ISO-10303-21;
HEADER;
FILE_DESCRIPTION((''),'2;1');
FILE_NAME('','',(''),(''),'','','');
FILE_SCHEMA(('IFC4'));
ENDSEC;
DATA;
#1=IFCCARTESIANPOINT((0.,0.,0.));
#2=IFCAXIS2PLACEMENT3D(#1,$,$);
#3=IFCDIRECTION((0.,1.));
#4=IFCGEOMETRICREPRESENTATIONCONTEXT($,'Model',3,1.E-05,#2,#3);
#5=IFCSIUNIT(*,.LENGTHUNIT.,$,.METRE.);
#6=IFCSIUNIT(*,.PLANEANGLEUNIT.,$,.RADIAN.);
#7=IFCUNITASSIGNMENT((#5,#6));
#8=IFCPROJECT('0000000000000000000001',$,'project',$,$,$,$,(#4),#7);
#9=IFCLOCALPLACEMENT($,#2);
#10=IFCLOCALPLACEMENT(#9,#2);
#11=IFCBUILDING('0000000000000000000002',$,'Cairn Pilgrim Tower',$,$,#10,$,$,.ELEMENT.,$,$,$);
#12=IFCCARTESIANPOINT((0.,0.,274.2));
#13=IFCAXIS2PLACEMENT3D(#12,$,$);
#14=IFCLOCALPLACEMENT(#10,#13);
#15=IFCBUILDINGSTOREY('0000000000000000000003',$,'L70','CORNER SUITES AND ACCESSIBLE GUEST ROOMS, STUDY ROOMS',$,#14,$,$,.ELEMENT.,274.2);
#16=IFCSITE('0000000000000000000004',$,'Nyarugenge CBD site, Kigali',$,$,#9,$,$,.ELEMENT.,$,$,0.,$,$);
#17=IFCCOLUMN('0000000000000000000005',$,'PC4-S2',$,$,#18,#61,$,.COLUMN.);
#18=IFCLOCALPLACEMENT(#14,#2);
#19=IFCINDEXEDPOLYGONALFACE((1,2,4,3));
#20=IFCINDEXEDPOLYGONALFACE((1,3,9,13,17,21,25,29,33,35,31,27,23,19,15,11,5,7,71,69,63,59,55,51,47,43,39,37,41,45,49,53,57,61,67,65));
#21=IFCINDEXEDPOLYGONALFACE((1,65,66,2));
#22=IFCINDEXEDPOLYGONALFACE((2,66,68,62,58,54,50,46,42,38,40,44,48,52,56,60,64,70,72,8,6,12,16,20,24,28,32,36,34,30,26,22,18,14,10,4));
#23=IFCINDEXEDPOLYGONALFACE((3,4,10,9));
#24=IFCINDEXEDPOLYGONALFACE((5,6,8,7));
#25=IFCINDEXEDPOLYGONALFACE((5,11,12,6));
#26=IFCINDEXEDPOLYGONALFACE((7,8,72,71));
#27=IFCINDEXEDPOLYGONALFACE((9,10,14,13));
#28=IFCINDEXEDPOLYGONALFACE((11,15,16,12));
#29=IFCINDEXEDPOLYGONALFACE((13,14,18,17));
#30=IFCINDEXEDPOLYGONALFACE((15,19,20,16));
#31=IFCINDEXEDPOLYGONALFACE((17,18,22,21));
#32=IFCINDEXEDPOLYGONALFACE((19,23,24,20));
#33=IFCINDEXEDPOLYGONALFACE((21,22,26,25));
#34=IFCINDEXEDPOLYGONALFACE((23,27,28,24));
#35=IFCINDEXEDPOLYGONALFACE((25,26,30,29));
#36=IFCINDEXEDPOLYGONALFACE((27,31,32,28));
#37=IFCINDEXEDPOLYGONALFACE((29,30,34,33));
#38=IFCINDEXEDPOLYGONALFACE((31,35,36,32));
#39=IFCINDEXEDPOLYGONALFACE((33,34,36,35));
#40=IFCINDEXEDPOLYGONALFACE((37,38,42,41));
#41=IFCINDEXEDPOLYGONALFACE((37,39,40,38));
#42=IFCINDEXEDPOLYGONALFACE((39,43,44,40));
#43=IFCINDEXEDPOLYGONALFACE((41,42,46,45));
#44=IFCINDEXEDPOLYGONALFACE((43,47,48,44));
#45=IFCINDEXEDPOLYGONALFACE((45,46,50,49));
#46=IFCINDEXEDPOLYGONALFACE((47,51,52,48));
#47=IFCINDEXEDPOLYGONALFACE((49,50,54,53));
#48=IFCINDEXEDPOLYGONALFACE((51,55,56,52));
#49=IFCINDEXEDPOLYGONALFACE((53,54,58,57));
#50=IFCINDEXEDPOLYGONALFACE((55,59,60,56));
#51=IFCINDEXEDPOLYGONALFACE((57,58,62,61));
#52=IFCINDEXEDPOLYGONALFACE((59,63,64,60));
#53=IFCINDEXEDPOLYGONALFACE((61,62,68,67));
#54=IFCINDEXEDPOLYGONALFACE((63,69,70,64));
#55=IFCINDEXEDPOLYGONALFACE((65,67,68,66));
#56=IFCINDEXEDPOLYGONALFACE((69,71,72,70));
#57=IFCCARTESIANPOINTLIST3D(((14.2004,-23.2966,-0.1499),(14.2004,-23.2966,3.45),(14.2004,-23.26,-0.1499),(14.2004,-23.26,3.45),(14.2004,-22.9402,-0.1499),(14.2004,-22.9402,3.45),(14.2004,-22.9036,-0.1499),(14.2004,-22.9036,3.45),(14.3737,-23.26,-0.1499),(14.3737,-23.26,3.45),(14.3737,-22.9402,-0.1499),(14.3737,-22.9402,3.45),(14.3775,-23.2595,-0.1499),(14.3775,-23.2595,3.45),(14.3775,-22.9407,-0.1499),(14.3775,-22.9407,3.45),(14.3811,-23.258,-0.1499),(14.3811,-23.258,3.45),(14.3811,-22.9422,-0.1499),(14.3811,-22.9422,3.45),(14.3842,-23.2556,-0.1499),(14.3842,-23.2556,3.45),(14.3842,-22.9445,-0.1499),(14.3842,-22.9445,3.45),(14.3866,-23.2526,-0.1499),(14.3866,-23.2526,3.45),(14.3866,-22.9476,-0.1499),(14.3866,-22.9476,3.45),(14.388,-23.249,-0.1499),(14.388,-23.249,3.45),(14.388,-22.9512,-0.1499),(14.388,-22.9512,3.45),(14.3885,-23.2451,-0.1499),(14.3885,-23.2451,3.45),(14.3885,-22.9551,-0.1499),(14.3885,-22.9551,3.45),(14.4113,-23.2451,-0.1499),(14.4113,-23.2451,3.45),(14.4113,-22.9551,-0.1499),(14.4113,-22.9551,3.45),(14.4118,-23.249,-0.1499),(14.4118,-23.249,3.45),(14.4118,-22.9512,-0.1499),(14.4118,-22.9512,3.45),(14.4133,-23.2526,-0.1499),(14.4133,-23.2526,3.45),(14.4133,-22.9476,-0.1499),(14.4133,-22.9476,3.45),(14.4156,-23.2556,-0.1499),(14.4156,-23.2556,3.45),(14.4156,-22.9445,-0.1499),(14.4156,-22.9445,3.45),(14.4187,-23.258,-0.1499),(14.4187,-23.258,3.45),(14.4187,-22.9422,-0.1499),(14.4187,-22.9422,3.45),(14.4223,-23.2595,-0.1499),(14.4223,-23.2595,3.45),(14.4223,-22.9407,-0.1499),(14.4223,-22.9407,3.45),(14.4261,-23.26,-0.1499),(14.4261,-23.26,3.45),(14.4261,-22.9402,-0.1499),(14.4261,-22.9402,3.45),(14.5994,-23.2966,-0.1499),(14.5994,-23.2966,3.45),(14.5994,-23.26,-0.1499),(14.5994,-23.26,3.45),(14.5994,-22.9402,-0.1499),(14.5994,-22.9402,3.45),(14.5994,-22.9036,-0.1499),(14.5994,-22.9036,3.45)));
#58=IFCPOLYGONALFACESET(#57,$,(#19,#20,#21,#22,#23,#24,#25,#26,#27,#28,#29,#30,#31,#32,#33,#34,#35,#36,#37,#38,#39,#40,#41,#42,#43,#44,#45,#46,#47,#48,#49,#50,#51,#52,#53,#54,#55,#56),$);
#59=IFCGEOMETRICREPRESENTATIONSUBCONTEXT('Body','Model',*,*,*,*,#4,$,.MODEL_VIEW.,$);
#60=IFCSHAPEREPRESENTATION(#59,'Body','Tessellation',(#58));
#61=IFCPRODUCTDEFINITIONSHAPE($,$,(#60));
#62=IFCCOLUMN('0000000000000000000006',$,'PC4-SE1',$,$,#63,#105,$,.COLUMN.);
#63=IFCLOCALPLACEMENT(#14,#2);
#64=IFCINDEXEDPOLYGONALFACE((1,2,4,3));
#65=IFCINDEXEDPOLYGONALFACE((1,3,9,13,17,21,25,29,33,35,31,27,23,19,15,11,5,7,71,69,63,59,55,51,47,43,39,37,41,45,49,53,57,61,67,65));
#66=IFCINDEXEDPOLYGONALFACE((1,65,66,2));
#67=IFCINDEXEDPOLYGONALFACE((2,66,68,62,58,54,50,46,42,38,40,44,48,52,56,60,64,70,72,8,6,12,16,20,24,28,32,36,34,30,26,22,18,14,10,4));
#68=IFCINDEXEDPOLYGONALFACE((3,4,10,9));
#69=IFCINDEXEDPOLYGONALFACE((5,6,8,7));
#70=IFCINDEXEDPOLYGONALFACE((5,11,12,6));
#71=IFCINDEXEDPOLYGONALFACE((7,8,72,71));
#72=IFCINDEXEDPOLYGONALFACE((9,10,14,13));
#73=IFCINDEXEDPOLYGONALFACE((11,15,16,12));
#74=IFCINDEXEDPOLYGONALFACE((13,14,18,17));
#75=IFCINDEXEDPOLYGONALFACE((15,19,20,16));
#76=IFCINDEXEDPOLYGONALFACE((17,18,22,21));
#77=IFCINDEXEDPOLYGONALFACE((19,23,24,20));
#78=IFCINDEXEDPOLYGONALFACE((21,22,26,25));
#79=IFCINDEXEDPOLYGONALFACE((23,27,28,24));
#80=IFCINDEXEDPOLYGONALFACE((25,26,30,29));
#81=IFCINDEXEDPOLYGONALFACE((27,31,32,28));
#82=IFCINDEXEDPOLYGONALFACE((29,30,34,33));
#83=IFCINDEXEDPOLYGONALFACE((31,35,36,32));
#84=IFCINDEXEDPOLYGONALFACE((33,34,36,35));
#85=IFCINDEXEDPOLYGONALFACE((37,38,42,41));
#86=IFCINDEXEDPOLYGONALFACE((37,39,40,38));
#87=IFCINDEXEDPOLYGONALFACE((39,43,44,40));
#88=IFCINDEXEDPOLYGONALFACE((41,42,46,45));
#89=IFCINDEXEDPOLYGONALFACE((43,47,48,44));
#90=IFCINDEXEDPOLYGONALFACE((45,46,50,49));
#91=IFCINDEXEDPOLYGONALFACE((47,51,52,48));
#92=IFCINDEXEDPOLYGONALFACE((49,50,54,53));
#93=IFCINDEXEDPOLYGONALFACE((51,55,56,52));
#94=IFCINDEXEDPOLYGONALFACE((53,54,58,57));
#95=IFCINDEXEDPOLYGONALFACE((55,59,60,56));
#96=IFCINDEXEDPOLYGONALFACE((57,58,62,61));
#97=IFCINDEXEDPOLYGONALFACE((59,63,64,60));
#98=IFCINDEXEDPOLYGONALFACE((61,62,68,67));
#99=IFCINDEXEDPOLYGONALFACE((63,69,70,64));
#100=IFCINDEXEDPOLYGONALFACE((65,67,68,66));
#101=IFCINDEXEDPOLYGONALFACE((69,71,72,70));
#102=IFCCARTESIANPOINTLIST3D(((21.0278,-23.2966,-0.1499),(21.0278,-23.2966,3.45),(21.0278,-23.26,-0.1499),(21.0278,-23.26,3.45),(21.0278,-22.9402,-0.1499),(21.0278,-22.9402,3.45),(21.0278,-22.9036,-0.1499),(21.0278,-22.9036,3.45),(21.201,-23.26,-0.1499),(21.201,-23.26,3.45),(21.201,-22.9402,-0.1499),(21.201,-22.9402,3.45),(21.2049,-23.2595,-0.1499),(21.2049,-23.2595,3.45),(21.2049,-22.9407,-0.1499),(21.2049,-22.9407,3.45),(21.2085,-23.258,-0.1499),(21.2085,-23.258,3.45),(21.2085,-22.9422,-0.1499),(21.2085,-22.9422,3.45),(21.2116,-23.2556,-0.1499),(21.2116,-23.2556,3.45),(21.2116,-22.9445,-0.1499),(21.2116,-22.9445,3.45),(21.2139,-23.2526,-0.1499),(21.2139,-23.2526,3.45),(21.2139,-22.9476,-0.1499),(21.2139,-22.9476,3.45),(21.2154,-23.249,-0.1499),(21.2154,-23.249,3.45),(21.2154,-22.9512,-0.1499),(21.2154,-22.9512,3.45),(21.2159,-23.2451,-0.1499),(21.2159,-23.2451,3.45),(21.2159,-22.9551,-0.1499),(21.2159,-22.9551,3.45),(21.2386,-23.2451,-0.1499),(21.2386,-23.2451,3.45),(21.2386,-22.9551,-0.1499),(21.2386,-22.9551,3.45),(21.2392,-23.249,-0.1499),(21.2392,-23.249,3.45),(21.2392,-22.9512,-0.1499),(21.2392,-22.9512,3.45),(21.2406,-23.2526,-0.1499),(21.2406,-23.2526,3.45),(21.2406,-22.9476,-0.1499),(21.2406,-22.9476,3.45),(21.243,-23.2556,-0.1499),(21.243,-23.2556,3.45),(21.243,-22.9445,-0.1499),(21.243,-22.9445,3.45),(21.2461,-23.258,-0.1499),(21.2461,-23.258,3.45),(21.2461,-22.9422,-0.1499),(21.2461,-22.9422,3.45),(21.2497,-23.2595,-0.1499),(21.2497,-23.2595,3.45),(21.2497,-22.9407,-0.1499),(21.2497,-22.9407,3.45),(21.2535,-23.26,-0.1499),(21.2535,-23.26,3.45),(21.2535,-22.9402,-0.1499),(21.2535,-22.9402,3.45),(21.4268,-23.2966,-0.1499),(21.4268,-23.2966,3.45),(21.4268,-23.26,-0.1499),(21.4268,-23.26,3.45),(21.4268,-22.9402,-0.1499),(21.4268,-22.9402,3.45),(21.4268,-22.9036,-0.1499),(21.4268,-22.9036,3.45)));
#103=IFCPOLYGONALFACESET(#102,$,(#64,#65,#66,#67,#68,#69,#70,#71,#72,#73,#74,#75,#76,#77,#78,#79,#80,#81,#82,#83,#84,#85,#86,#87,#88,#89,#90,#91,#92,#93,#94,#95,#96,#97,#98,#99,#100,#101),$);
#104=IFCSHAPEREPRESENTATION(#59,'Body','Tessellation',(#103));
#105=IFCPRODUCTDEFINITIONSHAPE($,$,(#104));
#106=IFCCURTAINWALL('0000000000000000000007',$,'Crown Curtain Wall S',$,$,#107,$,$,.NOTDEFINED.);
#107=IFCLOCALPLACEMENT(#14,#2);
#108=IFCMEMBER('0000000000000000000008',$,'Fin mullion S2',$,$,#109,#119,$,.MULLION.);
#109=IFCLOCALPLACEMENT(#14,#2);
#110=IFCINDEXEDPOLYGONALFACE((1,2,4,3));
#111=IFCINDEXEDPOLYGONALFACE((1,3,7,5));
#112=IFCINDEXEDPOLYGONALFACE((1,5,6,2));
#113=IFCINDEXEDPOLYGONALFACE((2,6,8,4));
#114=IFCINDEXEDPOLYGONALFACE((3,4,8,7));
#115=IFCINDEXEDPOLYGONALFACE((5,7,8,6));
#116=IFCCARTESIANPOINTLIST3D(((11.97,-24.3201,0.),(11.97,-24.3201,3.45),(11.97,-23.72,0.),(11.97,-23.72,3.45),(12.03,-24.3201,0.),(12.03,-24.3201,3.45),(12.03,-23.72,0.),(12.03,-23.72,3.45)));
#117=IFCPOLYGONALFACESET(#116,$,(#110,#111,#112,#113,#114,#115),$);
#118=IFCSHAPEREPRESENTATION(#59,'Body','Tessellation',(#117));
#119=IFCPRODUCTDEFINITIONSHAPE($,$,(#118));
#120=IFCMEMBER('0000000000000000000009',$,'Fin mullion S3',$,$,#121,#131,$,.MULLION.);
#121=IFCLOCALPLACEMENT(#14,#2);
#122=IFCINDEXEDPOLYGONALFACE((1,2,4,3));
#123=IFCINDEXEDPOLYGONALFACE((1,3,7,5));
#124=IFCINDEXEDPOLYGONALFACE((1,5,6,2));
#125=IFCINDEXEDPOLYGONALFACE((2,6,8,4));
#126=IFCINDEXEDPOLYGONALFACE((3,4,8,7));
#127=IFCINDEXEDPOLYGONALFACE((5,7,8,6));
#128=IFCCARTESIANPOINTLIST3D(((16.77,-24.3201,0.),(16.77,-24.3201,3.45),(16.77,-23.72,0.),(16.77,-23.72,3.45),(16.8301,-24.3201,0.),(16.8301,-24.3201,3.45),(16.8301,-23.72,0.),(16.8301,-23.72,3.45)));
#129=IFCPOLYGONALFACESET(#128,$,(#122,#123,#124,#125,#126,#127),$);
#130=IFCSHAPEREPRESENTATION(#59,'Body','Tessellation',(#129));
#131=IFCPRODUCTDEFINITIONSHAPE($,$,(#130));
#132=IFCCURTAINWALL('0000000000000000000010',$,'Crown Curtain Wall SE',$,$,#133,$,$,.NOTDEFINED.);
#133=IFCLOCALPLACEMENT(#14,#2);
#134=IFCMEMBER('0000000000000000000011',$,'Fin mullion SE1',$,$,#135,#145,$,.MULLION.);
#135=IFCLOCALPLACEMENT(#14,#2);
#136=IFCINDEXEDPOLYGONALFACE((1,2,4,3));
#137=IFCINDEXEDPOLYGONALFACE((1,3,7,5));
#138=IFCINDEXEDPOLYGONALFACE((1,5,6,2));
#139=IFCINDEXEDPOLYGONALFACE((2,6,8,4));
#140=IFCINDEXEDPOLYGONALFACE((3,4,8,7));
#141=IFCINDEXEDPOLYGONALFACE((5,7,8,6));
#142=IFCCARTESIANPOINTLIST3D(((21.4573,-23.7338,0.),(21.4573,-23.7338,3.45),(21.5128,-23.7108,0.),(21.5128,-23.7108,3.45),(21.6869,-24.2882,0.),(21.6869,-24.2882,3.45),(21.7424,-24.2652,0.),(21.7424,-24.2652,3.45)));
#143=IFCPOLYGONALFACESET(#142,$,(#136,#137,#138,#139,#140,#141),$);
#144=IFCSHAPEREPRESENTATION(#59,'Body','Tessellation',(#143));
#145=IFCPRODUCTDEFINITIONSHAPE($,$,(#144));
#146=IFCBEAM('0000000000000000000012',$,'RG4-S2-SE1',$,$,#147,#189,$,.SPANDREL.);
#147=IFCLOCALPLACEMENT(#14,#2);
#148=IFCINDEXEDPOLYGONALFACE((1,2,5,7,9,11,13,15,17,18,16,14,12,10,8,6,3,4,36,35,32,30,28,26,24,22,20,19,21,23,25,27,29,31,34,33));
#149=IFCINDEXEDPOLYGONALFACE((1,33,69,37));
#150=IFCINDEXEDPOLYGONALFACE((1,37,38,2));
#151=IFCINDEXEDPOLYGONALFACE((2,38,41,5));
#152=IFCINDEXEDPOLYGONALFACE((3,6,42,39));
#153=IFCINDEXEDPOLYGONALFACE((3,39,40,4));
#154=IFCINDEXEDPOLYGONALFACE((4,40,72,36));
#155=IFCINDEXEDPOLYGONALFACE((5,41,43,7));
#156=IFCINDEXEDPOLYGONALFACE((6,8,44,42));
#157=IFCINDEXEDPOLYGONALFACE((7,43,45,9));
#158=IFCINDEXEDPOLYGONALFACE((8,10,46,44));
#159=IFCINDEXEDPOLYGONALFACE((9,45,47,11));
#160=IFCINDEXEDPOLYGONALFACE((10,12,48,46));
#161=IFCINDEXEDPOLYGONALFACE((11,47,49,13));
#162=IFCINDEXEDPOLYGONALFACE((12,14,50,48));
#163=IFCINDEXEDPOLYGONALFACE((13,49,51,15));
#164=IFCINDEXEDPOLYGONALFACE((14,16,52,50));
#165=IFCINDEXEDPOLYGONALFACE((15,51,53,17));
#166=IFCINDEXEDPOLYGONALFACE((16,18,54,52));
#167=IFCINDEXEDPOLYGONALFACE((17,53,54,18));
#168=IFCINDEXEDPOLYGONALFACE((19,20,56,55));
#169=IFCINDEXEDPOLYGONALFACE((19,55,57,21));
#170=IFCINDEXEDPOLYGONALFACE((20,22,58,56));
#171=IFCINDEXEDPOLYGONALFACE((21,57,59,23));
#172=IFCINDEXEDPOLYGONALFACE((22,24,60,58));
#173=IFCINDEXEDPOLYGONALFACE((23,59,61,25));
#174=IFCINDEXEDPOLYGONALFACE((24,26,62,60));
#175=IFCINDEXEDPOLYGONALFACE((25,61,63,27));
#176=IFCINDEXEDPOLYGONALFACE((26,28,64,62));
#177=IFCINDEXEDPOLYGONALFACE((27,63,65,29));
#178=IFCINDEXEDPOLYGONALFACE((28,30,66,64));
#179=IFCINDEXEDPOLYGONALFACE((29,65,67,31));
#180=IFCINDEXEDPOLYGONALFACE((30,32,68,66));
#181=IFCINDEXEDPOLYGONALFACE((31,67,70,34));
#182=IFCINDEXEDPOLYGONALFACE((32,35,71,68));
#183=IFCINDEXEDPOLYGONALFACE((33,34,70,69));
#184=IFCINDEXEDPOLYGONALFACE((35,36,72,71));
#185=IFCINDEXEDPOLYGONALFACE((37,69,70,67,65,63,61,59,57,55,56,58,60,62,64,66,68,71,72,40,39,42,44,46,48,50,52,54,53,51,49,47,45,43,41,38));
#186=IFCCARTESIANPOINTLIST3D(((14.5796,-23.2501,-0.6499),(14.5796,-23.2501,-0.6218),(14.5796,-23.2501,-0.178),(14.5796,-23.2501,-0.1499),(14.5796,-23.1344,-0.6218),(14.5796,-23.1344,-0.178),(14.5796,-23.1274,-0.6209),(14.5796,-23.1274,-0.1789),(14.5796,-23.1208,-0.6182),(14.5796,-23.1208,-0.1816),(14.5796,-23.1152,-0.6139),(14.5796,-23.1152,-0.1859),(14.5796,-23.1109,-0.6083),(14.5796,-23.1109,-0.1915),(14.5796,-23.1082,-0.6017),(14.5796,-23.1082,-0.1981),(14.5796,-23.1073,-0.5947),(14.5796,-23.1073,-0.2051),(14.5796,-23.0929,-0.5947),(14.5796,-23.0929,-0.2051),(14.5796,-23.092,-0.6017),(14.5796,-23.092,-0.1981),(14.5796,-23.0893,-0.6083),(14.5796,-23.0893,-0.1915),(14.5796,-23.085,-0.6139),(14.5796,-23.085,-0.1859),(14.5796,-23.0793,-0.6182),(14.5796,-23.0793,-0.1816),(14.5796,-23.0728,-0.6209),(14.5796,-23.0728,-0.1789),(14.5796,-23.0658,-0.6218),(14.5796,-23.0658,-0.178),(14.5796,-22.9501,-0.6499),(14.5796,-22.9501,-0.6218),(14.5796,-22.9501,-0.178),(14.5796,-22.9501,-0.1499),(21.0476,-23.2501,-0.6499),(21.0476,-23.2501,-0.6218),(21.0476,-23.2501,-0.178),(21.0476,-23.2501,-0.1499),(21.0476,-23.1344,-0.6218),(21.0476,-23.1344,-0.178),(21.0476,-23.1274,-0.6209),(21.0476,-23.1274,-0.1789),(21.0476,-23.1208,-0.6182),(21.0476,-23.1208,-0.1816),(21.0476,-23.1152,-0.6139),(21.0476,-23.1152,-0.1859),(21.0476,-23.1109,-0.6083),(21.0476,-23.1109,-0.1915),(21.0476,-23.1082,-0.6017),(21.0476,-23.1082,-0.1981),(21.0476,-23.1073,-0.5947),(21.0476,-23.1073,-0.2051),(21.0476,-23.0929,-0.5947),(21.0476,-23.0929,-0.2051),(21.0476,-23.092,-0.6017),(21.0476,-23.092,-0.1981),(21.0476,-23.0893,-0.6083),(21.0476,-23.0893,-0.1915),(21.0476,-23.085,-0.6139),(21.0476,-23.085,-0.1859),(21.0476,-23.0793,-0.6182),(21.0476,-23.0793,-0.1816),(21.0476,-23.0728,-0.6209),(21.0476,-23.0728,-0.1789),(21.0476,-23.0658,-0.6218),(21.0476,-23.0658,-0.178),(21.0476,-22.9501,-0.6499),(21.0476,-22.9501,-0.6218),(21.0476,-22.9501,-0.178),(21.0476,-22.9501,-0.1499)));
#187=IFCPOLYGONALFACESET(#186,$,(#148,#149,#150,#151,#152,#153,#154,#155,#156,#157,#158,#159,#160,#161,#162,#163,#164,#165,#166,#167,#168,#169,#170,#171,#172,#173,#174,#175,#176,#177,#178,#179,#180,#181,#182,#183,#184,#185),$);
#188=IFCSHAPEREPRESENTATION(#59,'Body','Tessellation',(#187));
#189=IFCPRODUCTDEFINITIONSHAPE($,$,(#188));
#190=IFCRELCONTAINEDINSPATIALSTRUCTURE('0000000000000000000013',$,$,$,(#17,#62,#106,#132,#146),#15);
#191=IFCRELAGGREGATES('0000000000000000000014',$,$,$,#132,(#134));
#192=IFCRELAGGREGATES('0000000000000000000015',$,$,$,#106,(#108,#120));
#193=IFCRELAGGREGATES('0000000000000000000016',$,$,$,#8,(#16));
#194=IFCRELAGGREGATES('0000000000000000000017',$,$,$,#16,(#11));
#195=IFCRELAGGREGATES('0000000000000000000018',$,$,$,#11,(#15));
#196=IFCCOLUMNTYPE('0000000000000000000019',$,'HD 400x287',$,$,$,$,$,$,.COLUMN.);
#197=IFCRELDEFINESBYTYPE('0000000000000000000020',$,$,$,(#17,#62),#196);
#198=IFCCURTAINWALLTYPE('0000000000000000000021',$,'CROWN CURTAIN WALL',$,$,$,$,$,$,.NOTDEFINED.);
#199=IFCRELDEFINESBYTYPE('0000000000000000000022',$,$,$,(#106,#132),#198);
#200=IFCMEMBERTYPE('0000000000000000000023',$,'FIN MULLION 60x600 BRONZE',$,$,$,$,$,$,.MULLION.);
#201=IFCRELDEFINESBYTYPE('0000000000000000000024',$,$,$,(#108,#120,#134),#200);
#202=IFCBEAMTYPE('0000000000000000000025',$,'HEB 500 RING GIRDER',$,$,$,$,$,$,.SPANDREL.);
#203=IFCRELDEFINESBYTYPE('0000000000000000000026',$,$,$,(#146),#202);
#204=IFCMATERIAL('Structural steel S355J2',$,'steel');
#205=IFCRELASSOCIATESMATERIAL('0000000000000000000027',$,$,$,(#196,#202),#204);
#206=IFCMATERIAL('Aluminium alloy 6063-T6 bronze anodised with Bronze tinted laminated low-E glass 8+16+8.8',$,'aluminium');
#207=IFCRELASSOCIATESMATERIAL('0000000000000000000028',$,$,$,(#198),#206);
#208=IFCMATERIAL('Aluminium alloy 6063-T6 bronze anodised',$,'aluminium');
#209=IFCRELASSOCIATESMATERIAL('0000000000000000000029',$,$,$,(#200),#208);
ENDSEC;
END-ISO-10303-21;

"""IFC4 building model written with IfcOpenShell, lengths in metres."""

from ifc_helpers import new_model, si_unit, direction, frame, origin, origin_2d, place, context, subcontext, project, spatial, rectangle, i_section, extrude, material, material_profile, profile_set, type_object, element, aggregate, save


model = new_model("IFC4")

# Units and contexts
model_context = context("Model", 3, precision=1e-05, world=origin(), true_north=direction((0.0, 1.0)))
body_context = subcontext(model_context, "Body", "Model", "MODEL_VIEW")
ifc_project = project(units=[si_unit("LENGTHUNIT", "METRE"), si_unit("PLANEANGLEUNIT", "RADIAN")], contexts=[model_context])

# Site, building, storey
site_placement = place(None, origin())
site = spatial("IfcSite", under=ifc_project, at=site_placement, Name="Nyarugenge CBD site, Kigali", CompositionType="ELEMENT", RefElevation=0.0)
building_placement = place(site_placement, origin())
building = spatial("IfcBuilding", under=site, at=building_placement, Name="Cairn Pilgrim Tower", CompositionType="ELEMENT")
storey_placement = place(building_placement, frame((0.0, 0.0, 274.2)))
storey = spatial("IfcBuildingStorey", under=building, at=storey_placement, Name="L70", Description="CORNER SUITES AND ACCESSIBLE GUEST ROOMS, STUDY ROOMS", CompositionType="ELEMENT", Elevation=274.2)

# Columns
ifc_material_1 = material(Name="Structural steel S355J2", Category="steel")
ifc_material_profile_1 = material_profile(ifc_material_1, i_section(OverallWidth=0.3989, OverallDepth=0.3931, WebThickness=0.0227, FlangeThickness=0.0366, FilletRadius=0.0149, at=origin_2d()), Name="HD 400x287")
ifc_profile_set_1 = profile_set([ifc_material_profile_1], Name="Structural steel S355J2")
column_type = type_object("IfcColumnType", Name="HD 400x287", PredefinedType="COLUMN", material=ifc_profile_set_1)
for number, where, z_axis, x_axis, name in (
    (1, (14.3999, -23.1001, -0.1499), (0.0, 0.0, 1.0), (1.0, 0.0, 0.0), "PC4-S2"),
    (2, (21.2273, -23.1001, -0.1499), (0.0, 0.0, 1.0), (1.0, 0.0, 0.0), "PC4-SE1"),
):
    element("IfcColumn", number, at=place(storey_placement, frame(where, z_axis=z_axis, x_axis=x_axis)), inside=storey, type_object=column_type, Name=name, PredefinedType="COLUMN", context=body_context, shape_type="SweptSolid", body=[
        extrude(i_section(OverallWidth=0.3989, OverallDepth=0.3931, WebThickness=0.0227, FlangeThickness=0.0366, FilletRadius=0.0149, at=origin_2d()), origin(), (0.0, 0.0, 1.0), 3.5999),
    ])

# Curtain wall, members
ifc_material_2 = material(Name="Aluminium alloy 6063-T6 bronze anodised with Bronze tinted laminated low-E glass 8+16+8.8", Category="aluminium")
curtain_wall_type = type_object("IfcCurtainWallType", Name="CROWN CURTAIN WALL", PredefinedType="NOTDEFINED", material=ifc_material_2)
curtain_wall_1_placement = place(storey_placement, origin())
curtain_wall_1 = element("IfcCurtainWall", 3, at=curtain_wall_1_placement, inside=storey, type_object=curtain_wall_type, Name="Crown Curtain Wall S", PredefinedType="NOTDEFINED")
ifc_material_3 = material(Name="Aluminium alloy 6063-T6 bronze anodised", Category="aluminium")
ifc_material_profile_2 = material_profile(ifc_material_3, rectangle(XDim=0.6001, YDim=0.0601, at=origin_2d()), Name="FIN MULLION 60x600 BRONZE")
ifc_profile_set_2 = profile_set([ifc_material_profile_2], Name="Aluminium alloy 6063-T6 bronze anodised")
member_type_1 = type_object("IfcMemberType", Name="FIN MULLION 60x600 BRONZE", PredefinedType="MULLION", material=ifc_profile_set_2)
member_1_placement = place(storey_placement, frame((12.0, -24.02, 0.0), z_axis=(0.0, 0.0, 1.0), x_axis=(0.0, -1.0, 0.0)))
member_1 = element("IfcMember", 4, at=member_1_placement, type_object=member_type_1, Name="Fin mullion S2", PredefinedType="MULLION", context=body_context, shape_type="SweptSolid", body=[
    extrude(rectangle(XDim=0.6001, YDim=0.0601, at=origin_2d()), origin(), (0.0, 0.0, 1.0), 3.45),
])
member_2_placement = place(storey_placement, frame((16.8, -24.02, 0.0), z_axis=(0.0, 0.0, 1.0), x_axis=(0.0, -1.0, 0.0)))
member_2 = element("IfcMember", 5, at=member_2_placement, type_object=member_type_1, Name="Fin mullion S3", PredefinedType="MULLION", context=body_context, shape_type="SweptSolid", body=[
    extrude(rectangle(XDim=0.6001, YDim=0.0601, at=origin_2d()), origin(), (0.0, 0.0, 1.0), 3.45),
])

# Curtain wall, member
curtain_wall_2_placement = place(storey_placement, origin())
curtain_wall_2 = element("IfcCurtainWall", 6, at=curtain_wall_2_placement, inside=storey, type_object=curtain_wall_type, Name="Crown Curtain Wall SE", PredefinedType="NOTDEFINED")
member_3_placement = place(storey_placement, frame((21.5999, -23.9995, 0.0), z_axis=(0.0, 0.0, 1.0), x_axis=(0.382683, -0.92388, 0.0)))
member_3 = element("IfcMember", 7, at=member_3_placement, type_object=member_type_1, Name="Fin mullion SE1", PredefinedType="MULLION", context=body_context, shape_type="SweptSolid", body=[
    extrude(rectangle(XDim=0.6001, YDim=0.0601, at=origin_2d()), origin(), (0.0, 0.0, 1.0), 3.45),
])

# Beam
ifc_material_profile_3 = material_profile(ifc_material_1, i_section(OverallWidth=0.3, OverallDepth=0.5, WebThickness=0.0144, FlangeThickness=0.0281, FilletRadius=0.0271, at=origin_2d()), Name="HEB 500")
ifc_profile_set_3 = profile_set([ifc_material_profile_3], Name="Structural steel S355J2")
beam_type_1 = type_object("IfcBeamType", Name="HEB 500 RING GIRDER", PredefinedType="SPANDREL", material=ifc_profile_set_3)
beam_1_placement = place(storey_placement, frame((14.5796, -23.1001, -0.3999), z_axis=(1.0, 0.0, 0.0), x_axis=(0.0, 1.0, 0.0)))
element("IfcBeam", 8, at=beam_1_placement, inside=storey, type_object=beam_type_1, Name="RG4-S2-SE1", PredefinedType="SPANDREL", context=body_context, shape_type="SweptSolid", body=[
    extrude(i_section(OverallWidth=0.3, OverallDepth=0.5, WebThickness=0.0144, FlangeThickness=0.0281, FilletRadius=0.0271, at=origin_2d()), origin(), (0.0, 0.0, 1.0), 6.468),
])

aggregate(curtain_wall_2, [member_3])
aggregate(curtain_wall_1, [member_1, member_2])

save(model, "model.ifc")
